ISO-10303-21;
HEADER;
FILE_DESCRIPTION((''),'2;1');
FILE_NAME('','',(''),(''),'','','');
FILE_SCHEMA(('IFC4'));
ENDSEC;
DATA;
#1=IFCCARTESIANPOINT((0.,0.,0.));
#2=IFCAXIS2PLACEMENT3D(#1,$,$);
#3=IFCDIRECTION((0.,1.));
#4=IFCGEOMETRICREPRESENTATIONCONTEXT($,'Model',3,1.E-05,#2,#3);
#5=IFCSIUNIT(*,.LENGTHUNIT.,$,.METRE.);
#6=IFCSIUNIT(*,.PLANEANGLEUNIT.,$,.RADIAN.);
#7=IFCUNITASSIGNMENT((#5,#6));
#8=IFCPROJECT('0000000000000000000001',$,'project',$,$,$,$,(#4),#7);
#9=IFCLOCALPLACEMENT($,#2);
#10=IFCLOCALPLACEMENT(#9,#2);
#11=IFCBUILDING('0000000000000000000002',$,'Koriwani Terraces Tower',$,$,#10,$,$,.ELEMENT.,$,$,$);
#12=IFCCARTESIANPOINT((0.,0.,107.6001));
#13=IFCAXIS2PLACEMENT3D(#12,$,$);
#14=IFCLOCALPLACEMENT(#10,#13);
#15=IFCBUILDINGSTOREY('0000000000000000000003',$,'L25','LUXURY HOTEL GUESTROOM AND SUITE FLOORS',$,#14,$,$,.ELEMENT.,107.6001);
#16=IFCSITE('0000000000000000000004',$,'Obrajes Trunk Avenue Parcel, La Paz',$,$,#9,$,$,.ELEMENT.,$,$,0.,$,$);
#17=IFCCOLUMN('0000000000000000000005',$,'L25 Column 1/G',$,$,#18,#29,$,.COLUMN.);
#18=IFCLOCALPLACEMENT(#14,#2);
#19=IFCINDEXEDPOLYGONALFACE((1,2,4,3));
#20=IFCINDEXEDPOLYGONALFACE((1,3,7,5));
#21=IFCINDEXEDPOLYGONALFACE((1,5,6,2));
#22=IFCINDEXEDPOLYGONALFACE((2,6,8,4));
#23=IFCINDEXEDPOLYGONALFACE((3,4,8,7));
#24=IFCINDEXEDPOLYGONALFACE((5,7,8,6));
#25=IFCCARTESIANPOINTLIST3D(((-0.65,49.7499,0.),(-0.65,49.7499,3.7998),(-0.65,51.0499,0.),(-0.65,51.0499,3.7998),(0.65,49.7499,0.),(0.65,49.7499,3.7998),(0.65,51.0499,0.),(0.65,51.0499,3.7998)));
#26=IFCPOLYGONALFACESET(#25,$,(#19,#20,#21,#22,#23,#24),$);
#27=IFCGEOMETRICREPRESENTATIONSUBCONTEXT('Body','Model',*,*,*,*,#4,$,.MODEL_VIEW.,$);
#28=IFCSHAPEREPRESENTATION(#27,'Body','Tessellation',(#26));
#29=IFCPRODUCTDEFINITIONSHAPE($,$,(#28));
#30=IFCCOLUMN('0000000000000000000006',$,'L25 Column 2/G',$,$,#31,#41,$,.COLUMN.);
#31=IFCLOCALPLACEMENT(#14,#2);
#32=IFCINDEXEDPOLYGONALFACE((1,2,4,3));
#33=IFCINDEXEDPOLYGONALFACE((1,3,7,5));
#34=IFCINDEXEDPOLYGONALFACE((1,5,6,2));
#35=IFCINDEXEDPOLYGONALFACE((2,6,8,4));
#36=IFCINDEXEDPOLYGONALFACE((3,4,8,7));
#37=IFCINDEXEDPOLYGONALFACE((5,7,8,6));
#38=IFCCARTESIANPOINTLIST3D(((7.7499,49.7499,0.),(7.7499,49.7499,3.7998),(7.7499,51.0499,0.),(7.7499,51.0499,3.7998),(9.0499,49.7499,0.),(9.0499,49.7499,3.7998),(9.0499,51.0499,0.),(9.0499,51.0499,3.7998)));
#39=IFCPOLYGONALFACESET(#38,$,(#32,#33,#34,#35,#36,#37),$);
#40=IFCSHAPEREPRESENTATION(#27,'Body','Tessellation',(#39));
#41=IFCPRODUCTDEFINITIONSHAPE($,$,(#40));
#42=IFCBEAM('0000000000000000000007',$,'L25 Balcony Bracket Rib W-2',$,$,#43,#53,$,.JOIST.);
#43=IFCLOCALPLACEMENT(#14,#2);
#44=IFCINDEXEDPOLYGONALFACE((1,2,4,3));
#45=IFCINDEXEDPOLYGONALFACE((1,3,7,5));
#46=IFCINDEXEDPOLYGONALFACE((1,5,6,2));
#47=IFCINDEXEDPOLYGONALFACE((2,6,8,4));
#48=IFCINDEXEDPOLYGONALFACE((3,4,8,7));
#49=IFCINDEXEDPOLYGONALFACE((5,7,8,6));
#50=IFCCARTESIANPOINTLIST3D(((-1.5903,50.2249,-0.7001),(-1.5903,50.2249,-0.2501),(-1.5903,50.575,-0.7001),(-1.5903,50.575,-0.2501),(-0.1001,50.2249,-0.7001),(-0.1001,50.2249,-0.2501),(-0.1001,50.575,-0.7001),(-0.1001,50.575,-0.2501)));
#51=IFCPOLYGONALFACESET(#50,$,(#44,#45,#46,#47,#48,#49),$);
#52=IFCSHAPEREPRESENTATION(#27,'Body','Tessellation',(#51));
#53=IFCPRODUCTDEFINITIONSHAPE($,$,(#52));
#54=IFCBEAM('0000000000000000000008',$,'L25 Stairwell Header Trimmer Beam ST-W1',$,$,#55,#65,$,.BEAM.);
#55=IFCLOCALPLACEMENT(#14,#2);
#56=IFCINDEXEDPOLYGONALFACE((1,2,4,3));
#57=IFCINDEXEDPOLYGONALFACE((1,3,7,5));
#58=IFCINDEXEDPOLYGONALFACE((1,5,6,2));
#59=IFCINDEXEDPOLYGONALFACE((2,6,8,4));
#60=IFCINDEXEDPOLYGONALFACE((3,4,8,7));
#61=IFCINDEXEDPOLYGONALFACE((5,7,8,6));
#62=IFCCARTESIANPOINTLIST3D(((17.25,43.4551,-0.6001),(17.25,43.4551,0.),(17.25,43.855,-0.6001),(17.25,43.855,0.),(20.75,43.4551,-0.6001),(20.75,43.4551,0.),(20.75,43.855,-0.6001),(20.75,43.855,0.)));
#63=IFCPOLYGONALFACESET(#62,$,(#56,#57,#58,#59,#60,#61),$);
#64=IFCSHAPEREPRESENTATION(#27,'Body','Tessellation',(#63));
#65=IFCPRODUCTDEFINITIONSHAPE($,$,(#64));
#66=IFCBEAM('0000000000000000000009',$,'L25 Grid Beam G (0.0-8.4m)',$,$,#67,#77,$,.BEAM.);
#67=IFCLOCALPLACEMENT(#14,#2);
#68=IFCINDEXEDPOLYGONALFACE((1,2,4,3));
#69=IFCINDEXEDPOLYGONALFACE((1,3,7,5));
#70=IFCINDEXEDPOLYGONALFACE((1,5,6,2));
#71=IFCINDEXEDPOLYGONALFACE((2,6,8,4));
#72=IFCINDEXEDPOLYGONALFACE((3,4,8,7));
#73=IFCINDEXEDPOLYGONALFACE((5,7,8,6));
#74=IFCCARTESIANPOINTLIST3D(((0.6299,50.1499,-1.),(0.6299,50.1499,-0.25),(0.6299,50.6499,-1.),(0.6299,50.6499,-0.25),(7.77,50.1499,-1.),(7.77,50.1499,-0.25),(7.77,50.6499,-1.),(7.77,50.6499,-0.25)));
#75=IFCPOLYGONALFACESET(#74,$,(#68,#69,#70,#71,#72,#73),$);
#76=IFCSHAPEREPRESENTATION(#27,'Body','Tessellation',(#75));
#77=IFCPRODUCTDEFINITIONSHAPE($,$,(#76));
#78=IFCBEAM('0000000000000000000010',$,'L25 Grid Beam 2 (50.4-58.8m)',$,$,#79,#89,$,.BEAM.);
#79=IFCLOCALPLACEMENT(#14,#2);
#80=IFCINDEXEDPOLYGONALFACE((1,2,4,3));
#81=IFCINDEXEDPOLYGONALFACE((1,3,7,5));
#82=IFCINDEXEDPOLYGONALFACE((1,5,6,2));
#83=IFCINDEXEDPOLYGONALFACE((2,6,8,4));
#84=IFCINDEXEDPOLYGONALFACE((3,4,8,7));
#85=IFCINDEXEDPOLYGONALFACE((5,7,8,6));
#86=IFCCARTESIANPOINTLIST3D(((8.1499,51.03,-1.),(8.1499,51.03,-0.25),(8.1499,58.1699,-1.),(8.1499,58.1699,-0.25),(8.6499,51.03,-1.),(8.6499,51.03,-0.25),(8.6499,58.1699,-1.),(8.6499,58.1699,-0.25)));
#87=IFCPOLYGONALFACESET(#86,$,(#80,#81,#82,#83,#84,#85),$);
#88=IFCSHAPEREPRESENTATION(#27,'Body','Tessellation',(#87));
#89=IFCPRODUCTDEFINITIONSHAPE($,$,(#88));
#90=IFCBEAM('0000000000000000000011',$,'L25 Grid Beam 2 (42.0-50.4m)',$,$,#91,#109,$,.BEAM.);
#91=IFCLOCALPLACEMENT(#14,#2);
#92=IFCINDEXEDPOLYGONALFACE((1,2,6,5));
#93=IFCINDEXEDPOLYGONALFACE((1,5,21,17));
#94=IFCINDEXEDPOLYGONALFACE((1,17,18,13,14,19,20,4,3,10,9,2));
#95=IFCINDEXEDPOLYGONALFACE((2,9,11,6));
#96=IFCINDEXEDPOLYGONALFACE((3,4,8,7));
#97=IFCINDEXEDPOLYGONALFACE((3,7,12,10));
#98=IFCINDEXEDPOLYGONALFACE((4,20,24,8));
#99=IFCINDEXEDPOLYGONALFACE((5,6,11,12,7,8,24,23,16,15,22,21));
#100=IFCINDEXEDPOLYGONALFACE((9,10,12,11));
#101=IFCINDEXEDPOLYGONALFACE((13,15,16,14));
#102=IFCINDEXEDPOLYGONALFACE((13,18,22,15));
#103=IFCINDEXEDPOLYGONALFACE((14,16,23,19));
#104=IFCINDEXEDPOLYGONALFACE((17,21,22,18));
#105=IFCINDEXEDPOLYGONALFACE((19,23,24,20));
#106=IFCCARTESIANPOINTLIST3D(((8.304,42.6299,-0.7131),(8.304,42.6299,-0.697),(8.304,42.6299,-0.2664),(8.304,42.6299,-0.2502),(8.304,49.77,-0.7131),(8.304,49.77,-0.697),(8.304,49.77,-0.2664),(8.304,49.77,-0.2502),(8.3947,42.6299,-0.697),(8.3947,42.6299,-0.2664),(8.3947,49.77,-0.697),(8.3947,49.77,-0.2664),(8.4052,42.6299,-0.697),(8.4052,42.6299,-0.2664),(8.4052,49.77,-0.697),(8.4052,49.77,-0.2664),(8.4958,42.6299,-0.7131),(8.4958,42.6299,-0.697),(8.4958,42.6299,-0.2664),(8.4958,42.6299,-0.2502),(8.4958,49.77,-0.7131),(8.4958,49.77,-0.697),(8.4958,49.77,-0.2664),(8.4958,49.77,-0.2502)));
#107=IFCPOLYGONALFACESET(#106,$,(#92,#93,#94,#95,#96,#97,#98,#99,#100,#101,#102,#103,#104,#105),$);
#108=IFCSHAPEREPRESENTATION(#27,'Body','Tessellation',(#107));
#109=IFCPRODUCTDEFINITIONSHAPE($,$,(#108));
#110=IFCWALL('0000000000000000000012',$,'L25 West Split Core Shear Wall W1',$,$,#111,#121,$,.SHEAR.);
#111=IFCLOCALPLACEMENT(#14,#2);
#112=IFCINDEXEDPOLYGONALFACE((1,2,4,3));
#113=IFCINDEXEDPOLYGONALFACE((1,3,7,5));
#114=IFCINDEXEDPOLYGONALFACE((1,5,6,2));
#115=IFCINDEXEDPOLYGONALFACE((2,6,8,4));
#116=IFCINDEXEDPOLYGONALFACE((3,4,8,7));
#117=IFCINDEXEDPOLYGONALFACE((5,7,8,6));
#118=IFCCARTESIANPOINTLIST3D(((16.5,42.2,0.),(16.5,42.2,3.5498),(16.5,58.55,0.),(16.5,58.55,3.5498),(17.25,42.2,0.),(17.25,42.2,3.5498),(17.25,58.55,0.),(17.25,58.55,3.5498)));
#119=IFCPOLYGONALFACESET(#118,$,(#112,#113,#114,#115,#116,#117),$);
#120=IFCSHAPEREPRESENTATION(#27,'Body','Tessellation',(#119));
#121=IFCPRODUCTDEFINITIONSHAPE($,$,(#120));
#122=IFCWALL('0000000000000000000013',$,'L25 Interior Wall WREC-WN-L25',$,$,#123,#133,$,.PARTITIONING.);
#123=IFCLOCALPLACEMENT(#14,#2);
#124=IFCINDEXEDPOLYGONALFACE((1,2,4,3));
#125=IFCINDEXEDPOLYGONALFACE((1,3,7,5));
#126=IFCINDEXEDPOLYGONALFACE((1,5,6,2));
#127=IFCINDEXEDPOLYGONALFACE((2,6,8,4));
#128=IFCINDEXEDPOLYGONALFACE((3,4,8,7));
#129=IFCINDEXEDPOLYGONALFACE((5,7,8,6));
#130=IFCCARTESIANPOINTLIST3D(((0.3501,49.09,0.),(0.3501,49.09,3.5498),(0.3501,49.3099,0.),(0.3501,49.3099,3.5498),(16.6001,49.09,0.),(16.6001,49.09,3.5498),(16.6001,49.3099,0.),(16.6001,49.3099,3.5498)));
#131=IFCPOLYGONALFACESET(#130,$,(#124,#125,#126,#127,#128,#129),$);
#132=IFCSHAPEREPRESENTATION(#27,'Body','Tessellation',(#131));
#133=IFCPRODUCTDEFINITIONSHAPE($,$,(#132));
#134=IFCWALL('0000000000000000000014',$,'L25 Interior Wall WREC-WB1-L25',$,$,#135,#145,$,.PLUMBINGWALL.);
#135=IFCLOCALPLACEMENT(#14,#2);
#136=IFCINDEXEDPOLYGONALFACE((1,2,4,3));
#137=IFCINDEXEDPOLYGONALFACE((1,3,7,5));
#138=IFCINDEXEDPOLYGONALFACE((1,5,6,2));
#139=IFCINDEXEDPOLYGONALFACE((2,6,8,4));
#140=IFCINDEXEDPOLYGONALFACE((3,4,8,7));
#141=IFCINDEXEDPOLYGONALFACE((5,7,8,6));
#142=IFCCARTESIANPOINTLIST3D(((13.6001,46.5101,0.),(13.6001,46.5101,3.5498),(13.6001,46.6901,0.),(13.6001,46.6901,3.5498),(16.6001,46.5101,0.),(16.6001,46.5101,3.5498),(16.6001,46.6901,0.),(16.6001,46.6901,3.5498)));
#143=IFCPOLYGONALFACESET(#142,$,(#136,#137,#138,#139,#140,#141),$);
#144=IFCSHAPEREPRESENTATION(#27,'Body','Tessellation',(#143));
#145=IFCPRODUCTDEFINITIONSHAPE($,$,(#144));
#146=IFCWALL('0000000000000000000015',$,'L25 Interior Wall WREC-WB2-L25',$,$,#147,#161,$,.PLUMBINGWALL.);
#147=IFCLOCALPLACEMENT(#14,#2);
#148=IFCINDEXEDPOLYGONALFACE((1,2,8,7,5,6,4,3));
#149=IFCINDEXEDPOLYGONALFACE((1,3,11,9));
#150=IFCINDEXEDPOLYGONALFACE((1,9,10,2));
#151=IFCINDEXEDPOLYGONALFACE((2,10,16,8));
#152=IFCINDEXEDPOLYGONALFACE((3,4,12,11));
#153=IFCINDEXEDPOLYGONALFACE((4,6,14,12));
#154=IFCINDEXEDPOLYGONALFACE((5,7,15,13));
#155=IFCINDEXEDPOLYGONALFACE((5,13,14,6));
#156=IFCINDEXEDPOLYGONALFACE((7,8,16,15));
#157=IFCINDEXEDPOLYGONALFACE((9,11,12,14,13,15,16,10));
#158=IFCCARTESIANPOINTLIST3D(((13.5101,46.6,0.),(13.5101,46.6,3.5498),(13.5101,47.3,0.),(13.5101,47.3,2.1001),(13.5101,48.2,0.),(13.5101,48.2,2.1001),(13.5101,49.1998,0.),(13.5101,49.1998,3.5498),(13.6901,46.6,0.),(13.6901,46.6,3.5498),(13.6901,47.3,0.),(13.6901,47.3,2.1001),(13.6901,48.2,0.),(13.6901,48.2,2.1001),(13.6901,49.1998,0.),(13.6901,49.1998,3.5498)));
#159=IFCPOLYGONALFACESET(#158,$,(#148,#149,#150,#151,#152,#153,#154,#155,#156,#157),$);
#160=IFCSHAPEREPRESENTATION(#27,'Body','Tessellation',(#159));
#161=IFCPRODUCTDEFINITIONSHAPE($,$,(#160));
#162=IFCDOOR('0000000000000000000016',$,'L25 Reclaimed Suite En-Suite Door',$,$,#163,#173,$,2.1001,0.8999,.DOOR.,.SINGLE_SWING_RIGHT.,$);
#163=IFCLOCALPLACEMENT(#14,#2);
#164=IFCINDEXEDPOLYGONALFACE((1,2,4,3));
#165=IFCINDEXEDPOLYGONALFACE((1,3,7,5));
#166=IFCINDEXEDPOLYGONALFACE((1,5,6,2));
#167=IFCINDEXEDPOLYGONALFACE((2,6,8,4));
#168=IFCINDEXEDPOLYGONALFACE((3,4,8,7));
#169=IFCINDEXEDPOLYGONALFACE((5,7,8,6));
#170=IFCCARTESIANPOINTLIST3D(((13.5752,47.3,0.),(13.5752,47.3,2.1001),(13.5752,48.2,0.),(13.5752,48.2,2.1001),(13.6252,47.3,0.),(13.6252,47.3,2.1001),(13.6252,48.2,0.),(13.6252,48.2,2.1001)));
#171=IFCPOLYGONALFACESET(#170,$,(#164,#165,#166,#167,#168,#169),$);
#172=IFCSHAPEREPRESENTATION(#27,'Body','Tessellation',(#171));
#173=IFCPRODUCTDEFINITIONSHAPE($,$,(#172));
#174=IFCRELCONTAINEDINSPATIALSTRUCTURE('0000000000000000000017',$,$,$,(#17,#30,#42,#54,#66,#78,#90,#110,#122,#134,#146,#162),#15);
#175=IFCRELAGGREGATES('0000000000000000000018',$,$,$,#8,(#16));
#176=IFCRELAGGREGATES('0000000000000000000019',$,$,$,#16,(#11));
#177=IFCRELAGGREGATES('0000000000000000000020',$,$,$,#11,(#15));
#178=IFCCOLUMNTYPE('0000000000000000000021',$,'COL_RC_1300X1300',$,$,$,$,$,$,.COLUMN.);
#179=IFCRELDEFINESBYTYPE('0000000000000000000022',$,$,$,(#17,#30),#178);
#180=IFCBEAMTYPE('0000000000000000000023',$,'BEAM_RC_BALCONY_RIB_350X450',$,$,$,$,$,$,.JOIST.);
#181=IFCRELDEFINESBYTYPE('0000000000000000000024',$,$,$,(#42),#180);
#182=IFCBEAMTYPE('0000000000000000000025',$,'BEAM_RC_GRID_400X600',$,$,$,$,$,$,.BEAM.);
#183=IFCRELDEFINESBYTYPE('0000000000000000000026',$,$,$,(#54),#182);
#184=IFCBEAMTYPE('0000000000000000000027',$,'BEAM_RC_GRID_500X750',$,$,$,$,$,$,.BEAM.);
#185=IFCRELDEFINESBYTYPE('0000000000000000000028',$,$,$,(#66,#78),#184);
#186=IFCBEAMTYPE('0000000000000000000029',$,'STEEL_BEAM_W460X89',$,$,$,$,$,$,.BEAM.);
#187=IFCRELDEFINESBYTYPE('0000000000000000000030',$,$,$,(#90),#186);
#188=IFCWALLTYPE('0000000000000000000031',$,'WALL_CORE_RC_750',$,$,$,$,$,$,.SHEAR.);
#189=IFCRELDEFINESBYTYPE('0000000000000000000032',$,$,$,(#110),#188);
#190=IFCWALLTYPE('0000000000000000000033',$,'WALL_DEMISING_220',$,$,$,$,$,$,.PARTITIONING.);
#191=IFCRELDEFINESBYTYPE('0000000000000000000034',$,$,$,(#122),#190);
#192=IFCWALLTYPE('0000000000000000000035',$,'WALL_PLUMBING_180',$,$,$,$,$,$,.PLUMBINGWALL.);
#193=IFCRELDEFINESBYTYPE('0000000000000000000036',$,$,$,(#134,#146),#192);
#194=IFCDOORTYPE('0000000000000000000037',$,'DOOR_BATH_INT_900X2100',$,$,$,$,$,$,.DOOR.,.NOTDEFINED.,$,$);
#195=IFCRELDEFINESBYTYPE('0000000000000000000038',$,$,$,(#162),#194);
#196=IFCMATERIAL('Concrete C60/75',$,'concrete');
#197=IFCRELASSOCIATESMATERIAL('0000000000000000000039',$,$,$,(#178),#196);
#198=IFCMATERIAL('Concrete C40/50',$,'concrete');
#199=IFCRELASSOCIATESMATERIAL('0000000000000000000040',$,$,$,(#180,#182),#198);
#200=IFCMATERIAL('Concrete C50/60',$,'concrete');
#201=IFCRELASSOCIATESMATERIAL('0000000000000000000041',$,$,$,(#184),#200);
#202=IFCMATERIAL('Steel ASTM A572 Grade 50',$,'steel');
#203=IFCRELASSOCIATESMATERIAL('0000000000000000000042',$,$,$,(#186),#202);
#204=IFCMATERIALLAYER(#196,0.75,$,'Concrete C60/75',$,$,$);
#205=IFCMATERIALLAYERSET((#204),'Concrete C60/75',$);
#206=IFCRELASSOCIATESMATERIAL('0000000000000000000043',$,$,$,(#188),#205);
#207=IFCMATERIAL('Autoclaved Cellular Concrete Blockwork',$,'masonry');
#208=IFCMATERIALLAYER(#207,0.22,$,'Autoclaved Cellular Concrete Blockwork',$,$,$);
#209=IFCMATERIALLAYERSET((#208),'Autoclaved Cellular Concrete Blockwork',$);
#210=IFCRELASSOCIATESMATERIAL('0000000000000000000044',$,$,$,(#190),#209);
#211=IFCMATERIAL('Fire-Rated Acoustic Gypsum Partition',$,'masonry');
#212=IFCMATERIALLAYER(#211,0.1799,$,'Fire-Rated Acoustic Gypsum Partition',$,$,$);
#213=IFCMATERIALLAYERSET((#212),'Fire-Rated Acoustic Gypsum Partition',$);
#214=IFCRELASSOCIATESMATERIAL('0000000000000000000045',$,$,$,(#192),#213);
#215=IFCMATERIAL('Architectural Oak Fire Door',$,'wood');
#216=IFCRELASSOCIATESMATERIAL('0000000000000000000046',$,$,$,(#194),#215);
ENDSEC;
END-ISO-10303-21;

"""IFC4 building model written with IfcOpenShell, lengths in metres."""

from ifc_helpers import new_model, si_unit, direction, frame, frame_2d, origin, origin_2d, place, context, subcontext, project, spatial, rectangle, i_section, extrude, material, layer, layer_set, material_profile, profile_set, type_object, element, fill, save


model = new_model("IFC4")

# Units and contexts
model_context = context("Model", 3, precision=1e-05, world=origin(), true_north=direction((0.0, 1.0)))
body_context = subcontext(model_context, "Body", "Model", "MODEL_VIEW")
ifc_project = project(units=[si_unit("LENGTHUNIT", "METRE"), si_unit("PLANEANGLEUNIT", "RADIAN")], contexts=[model_context])

# Site, building, storey
site_placement = place(None, origin())
site = spatial("IfcSite", under=ifc_project, at=site_placement, Name="Obrajes Trunk Avenue Parcel, La Paz", CompositionType="ELEMENT", RefElevation=0.0)
building_placement = place(site_placement, origin())
building = spatial("IfcBuilding", under=site, at=building_placement, Name="Koriwani Terraces Tower", CompositionType="ELEMENT")
storey_placement = place(building_placement, frame((0.0, 0.0, 107.6001)))
storey = spatial("IfcBuildingStorey", under=building, at=storey_placement, Name="L25", Description="LUXURY HOTEL GUESTROOM AND SUITE FLOORS", CompositionType="ELEMENT", Elevation=107.6001)

# Columns
ifc_material_1 = material(Name="Concrete C60/75", Category="concrete")
ifc_material_profile_1 = material_profile(ifc_material_1, rectangle(XDim=1.3, YDim=1.3, at=origin_2d()), Name="Concrete C60/75", Category="LoadBearing")
ifc_profile_set_1 = profile_set([ifc_material_profile_1], Name="Concrete C60/75")
column_type = type_object("IfcColumnType", Name="COL_RC_1300X1300", PredefinedType="COLUMN", material=ifc_profile_set_1)
for number, where, z_axis, x_axis, name in (
    (1, (0.0, 50.3999, 0.0), (0.0, 0.0, 1.0), (1.0, 0.0, 0.0), "L25 Column 1/G"),
    (2, (8.3999, 50.3999, 0.0), (0.0, 0.0, 1.0), (1.0, 0.0, 0.0), "L25 Column 2/G"),
):
    element("IfcColumn", number, at=place(storey_placement, frame(where, z_axis=z_axis, x_axis=x_axis)), inside=storey, type_object=column_type, Name=name, PredefinedType="COLUMN", context=body_context, shape_type="SweptSolid", body=[
        extrude(rectangle(XDim=1.3, YDim=1.3, at=origin_2d()), origin(), (0.0, 0.0, 1.0), 3.7998),
    ])

# Beams
ifc_material_2 = material(Name="Concrete C40/50", Category="concrete")
ifc_material_profile_2 = material_profile(ifc_material_2, rectangle(XDim=0.3501, YDim=0.45, at=origin_2d()), Name="Concrete C40/50", Category="LoadBearing")
ifc_profile_set_2 = profile_set([ifc_material_profile_2], Name="Concrete C40/50")
beam_type_1 = type_object("IfcBeamType", Name="BEAM_RC_BALCONY_RIB_350X450", PredefinedType="JOIST", material=ifc_profile_set_2)
beam_1_placement = place(storey_placement, frame((-1.5903, 50.3999, -0.4751), z_axis=(1.0, 0.0, 0.0), x_axis=(0.0, 1.0, 0.0)))
element("IfcBeam", 3, at=beam_1_placement, inside=storey, type_object=beam_type_1, Name="L25 Balcony Bracket Rib W-2", PredefinedType="JOIST", context=body_context, shape_type="SweptSolid", body=[
    extrude(rectangle(XDim=0.3501, YDim=0.45, at=origin_2d()), origin(), (0.0, 0.0, 1.0), 1.4902),
])
ifc_material_profile_3 = material_profile(ifc_material_2, rectangle(XDim=0.3999, YDim=0.6001, at=origin_2d()), Name="Concrete C40/50", Category="LoadBearing")
ifc_profile_set_3 = profile_set([ifc_material_profile_3], Name="Concrete C40/50")
beam_type_2 = type_object("IfcBeamType", Name="BEAM_RC_GRID_400X600", PredefinedType="BEAM", material=ifc_profile_set_3)
beam_2_placement = place(storey_placement, frame((17.25, 43.655, -0.3), z_axis=(1.0, 0.0, 0.0), x_axis=(0.0, 1.0, 0.0)))
element("IfcBeam", 4, at=beam_2_placement, inside=storey, type_object=beam_type_2, Name="L25 Stairwell Header Trimmer Beam ST-W1", PredefinedType="BEAM", context=body_context, shape_type="SweptSolid", body=[
    extrude(rectangle(XDim=0.3999, YDim=0.6001, at=origin_2d()), origin(), (0.0, 0.0, 1.0), 3.5),
])
ifc_material_3 = material(Name="Concrete C50/60", Category="concrete")
ifc_material_profile_4 = material_profile(ifc_material_3, rectangle(XDim=0.5, YDim=0.75, at=origin_2d()), Name="Concrete C50/60", Category="LoadBearing")
ifc_profile_set_4 = profile_set([ifc_material_profile_4], Name="Concrete C50/60")
beam_type_3 = type_object("IfcBeamType", Name="BEAM_RC_GRID_500X750", PredefinedType="BEAM", material=ifc_profile_set_4)
beam_3_placement = place(storey_placement, frame((0.6299, 50.3999, -0.625), z_axis=(1.0, 0.0, 0.0), x_axis=(0.0, 1.0, 0.0)))
element("IfcBeam", 5, at=beam_3_placement, inside=storey, type_object=beam_type_3, Name="L25 Grid Beam G (0.0-8.4m)", PredefinedType="BEAM", context=body_context, shape_type="SweptSolid", body=[
    extrude(rectangle(XDim=0.5, YDim=0.75, at=origin_2d()), origin(), (0.0, 0.0, 1.0), 7.1401),
])
beam_4_placement = place(storey_placement, frame((8.3999, 51.03, -0.625), z_axis=(0.0, 1.0, 0.0), x_axis=(-1.0, 0.0, 0.0)))
element("IfcBeam", 6, at=beam_4_placement, inside=storey, type_object=beam_type_3, Name="L25 Grid Beam 2 (50.4-58.8m)", PredefinedType="BEAM", context=body_context, shape_type="SweptSolid", body=[
    extrude(rectangle(XDim=0.5, YDim=0.75, at=origin_2d()), origin(), (0.0, 0.0, 1.0), 7.1399),
])
ifc_material_4 = material(Name="Steel ASTM A572 Grade 50", Category="steel")
ifc_material_profile_5 = material_profile(ifc_material_4, i_section(OverallWidth=0.1919, OverallDepth=0.4629, WebThickness=0.0105, FlangeThickness=0.0161, at=origin_2d()), Name="Steel ASTM A572 Grade 50", Category="LoadBearing")
ifc_profile_set_5 = profile_set([ifc_material_profile_5], Name="Steel ASTM A572 Grade 50")
beam_type_4 = type_object("IfcBeamType", Name="STEEL_BEAM_W460X89", PredefinedType="BEAM", material=ifc_profile_set_5)
beam_5_placement = place(storey_placement, frame((8.3999, 42.6299, -0.4817), z_axis=(0.0, 1.0, 0.0), x_axis=(-1.0, 0.0, 0.0)))
element("IfcBeam", 7, at=beam_5_placement, inside=storey, type_object=beam_type_4, Name="L25 Grid Beam 2 (42.0-50.4m)", PredefinedType="BEAM", context=body_context, shape_type="SweptSolid", body=[
    extrude(i_section(OverallWidth=0.1919, OverallDepth=0.4629, WebThickness=0.0105, FlangeThickness=0.0161, at=origin_2d()), origin(), (0.0, 0.0, 1.0), 7.1401),
])

# Walls
ifc_layer_1 = layer(ifc_material_1, 0.75, Name="Concrete C60/75")
ifc_layer_set_1 = layer_set([ifc_layer_1], Name="Concrete C60/75")
wall_type_1 = type_object("IfcWallType", Name="WALL_CORE_RC_750", PredefinedType="SHEAR", material=ifc_layer_set_1)
wall_1_placement = place(storey_placement, frame((16.875, 42.2, 0.0), z_axis=(0.0, 0.0, 1.0), x_axis=(0.0, 1.0, 0.0)))
element("IfcWall", 8, at=wall_1_placement, inside=storey, type_object=wall_type_1, Name="L25 West Split Core Shear Wall W1", PredefinedType="SHEAR", context=body_context, shape_type="SweptSolid", body=[
    extrude(rectangle(XDim=16.3501, YDim=0.75, at=frame_2d((8.175, 0.0))), origin(), (0.0, 0.0, 1.0), 3.5498),
])
ifc_material_5 = material(Name="Autoclaved Cellular Concrete Blockwork", Category="masonry")
ifc_layer_2 = layer(ifc_material_5, 0.22, Name="Autoclaved Cellular Concrete Blockwork")
ifc_layer_set_2 = layer_set([ifc_layer_2], Name="Autoclaved Cellular Concrete Blockwork")
wall_type_2 = type_object("IfcWallType", Name="WALL_DEMISING_220", PredefinedType="PARTITIONING", material=ifc_layer_set_2)
wall_2_placement = place(storey_placement, frame((0.3501, 49.2, 0.0), z_axis=(0.0, 0.0, 1.0), x_axis=(1.0, 0.0, 0.0)))
element("IfcWall", 9, at=wall_2_placement, inside=storey, type_object=wall_type_2, Name="L25 Interior Wall WREC-WN-L25", PredefinedType="PARTITIONING", context=body_context, shape_type="SweptSolid", body=[
    extrude(rectangle(XDim=16.25, YDim=0.22, at=frame_2d((8.125, 0.0))), origin(), (0.0, 0.0, 1.0), 3.5498),
])
ifc_material_6 = material(Name="Fire-Rated Acoustic Gypsum Partition", Category="masonry")
ifc_layer_3 = layer(ifc_material_6, 0.1799, Name="Fire-Rated Acoustic Gypsum Partition")
ifc_layer_set_3 = layer_set([ifc_layer_3], Name="Fire-Rated Acoustic Gypsum Partition")
wall_type_3 = type_object("IfcWallType", Name="WALL_PLUMBING_180", PredefinedType="PLUMBINGWALL", material=ifc_layer_set_3)
wall_3_placement = place(storey_placement, frame((13.6001, 46.6001, 0.0), z_axis=(0.0, 0.0, 1.0), x_axis=(1.0, 0.0, 0.0)))
element("IfcWall", 10, at=wall_3_placement, inside=storey, type_object=wall_type_3, Name="L25 Interior Wall WREC-WB1-L25", PredefinedType="PLUMBINGWALL", context=body_context, shape_type="SweptSolid", body=[
    extrude(rectangle(XDim=3.0, YDim=0.1799, at=frame_2d((1.5, 0.0))), origin(), (0.0, 0.0, 1.0), 3.5498),
])

# Wall, opening, door
wall_4_placement = place(storey_placement, frame((13.6001, 46.6001, 0.0), z_axis=(0.0, 0.0, 1.0), x_axis=(0.0, 1.0, 0.0)))
wall_4 = element("IfcWall", 11, at=wall_4_placement, inside=storey, type_object=wall_type_3, Name="L25 Interior Wall WREC-WB2-L25", PredefinedType="PLUMBINGWALL", context=body_context, shape_type="SweptSolid", body=[
    extrude(rectangle(XDim=2.5999, YDim=0.1799, at=frame_2d((1.2998, 0.0))), origin(), (0.0, 0.0, 1.0), 3.5498),
])
opening_1_placement = place(wall_4_placement, frame((0.7, 0.0, 0.0)))
opening_1 = element("IfcOpeningElement", 12, at=opening_1_placement, cuts=wall_4, PredefinedType="OPENING", context=body_context, shape_type="SweptSolid", body=[
    extrude(rectangle(XDim=0.8999, YDim=2.1001, at=frame_2d((0.45, 1.05))), frame((0.0, 0.1001, 0.0), z_axis=(0.0, -1.0, 0.0), x_axis=(1.0, 0.0, 0.0)), (0.0, 0.0, 1.0), 0.2),
])
ifc_material_7 = material(Name="Architectural Oak Fire Door", Category="wood")
door_type_1 = type_object("IfcDoorType", Name="DOOR_BATH_INT_900X2100", OperationType="NOTDEFINED", PredefinedType="DOOR", material=ifc_material_7)
door_1_placement = place(opening_1_placement, origin())
door_1 = element("IfcDoor", 13, at=door_1_placement, inside=storey, type_object=door_type_1, Name="L25 Reclaimed Suite En-Suite Door", OperationType="SINGLE_SWING_RIGHT", OverallHeight=2.1001, OverallWidth=0.8999, PredefinedType="DOOR", context=body_context, shape_type="SweptSolid", body=[
    extrude(rectangle(XDim=0.8999, YDim=2.1001, at=frame_2d((0.45, 1.05))), frame((0.0, 0.0249, 0.0), z_axis=(0.0, -1.0, 0.0), x_axis=(1.0, 0.0, 0.0)), (0.0, 0.0, 1.0), 0.05),
])
fill(opening_1, door_1)

save(model, "model.ifc")
